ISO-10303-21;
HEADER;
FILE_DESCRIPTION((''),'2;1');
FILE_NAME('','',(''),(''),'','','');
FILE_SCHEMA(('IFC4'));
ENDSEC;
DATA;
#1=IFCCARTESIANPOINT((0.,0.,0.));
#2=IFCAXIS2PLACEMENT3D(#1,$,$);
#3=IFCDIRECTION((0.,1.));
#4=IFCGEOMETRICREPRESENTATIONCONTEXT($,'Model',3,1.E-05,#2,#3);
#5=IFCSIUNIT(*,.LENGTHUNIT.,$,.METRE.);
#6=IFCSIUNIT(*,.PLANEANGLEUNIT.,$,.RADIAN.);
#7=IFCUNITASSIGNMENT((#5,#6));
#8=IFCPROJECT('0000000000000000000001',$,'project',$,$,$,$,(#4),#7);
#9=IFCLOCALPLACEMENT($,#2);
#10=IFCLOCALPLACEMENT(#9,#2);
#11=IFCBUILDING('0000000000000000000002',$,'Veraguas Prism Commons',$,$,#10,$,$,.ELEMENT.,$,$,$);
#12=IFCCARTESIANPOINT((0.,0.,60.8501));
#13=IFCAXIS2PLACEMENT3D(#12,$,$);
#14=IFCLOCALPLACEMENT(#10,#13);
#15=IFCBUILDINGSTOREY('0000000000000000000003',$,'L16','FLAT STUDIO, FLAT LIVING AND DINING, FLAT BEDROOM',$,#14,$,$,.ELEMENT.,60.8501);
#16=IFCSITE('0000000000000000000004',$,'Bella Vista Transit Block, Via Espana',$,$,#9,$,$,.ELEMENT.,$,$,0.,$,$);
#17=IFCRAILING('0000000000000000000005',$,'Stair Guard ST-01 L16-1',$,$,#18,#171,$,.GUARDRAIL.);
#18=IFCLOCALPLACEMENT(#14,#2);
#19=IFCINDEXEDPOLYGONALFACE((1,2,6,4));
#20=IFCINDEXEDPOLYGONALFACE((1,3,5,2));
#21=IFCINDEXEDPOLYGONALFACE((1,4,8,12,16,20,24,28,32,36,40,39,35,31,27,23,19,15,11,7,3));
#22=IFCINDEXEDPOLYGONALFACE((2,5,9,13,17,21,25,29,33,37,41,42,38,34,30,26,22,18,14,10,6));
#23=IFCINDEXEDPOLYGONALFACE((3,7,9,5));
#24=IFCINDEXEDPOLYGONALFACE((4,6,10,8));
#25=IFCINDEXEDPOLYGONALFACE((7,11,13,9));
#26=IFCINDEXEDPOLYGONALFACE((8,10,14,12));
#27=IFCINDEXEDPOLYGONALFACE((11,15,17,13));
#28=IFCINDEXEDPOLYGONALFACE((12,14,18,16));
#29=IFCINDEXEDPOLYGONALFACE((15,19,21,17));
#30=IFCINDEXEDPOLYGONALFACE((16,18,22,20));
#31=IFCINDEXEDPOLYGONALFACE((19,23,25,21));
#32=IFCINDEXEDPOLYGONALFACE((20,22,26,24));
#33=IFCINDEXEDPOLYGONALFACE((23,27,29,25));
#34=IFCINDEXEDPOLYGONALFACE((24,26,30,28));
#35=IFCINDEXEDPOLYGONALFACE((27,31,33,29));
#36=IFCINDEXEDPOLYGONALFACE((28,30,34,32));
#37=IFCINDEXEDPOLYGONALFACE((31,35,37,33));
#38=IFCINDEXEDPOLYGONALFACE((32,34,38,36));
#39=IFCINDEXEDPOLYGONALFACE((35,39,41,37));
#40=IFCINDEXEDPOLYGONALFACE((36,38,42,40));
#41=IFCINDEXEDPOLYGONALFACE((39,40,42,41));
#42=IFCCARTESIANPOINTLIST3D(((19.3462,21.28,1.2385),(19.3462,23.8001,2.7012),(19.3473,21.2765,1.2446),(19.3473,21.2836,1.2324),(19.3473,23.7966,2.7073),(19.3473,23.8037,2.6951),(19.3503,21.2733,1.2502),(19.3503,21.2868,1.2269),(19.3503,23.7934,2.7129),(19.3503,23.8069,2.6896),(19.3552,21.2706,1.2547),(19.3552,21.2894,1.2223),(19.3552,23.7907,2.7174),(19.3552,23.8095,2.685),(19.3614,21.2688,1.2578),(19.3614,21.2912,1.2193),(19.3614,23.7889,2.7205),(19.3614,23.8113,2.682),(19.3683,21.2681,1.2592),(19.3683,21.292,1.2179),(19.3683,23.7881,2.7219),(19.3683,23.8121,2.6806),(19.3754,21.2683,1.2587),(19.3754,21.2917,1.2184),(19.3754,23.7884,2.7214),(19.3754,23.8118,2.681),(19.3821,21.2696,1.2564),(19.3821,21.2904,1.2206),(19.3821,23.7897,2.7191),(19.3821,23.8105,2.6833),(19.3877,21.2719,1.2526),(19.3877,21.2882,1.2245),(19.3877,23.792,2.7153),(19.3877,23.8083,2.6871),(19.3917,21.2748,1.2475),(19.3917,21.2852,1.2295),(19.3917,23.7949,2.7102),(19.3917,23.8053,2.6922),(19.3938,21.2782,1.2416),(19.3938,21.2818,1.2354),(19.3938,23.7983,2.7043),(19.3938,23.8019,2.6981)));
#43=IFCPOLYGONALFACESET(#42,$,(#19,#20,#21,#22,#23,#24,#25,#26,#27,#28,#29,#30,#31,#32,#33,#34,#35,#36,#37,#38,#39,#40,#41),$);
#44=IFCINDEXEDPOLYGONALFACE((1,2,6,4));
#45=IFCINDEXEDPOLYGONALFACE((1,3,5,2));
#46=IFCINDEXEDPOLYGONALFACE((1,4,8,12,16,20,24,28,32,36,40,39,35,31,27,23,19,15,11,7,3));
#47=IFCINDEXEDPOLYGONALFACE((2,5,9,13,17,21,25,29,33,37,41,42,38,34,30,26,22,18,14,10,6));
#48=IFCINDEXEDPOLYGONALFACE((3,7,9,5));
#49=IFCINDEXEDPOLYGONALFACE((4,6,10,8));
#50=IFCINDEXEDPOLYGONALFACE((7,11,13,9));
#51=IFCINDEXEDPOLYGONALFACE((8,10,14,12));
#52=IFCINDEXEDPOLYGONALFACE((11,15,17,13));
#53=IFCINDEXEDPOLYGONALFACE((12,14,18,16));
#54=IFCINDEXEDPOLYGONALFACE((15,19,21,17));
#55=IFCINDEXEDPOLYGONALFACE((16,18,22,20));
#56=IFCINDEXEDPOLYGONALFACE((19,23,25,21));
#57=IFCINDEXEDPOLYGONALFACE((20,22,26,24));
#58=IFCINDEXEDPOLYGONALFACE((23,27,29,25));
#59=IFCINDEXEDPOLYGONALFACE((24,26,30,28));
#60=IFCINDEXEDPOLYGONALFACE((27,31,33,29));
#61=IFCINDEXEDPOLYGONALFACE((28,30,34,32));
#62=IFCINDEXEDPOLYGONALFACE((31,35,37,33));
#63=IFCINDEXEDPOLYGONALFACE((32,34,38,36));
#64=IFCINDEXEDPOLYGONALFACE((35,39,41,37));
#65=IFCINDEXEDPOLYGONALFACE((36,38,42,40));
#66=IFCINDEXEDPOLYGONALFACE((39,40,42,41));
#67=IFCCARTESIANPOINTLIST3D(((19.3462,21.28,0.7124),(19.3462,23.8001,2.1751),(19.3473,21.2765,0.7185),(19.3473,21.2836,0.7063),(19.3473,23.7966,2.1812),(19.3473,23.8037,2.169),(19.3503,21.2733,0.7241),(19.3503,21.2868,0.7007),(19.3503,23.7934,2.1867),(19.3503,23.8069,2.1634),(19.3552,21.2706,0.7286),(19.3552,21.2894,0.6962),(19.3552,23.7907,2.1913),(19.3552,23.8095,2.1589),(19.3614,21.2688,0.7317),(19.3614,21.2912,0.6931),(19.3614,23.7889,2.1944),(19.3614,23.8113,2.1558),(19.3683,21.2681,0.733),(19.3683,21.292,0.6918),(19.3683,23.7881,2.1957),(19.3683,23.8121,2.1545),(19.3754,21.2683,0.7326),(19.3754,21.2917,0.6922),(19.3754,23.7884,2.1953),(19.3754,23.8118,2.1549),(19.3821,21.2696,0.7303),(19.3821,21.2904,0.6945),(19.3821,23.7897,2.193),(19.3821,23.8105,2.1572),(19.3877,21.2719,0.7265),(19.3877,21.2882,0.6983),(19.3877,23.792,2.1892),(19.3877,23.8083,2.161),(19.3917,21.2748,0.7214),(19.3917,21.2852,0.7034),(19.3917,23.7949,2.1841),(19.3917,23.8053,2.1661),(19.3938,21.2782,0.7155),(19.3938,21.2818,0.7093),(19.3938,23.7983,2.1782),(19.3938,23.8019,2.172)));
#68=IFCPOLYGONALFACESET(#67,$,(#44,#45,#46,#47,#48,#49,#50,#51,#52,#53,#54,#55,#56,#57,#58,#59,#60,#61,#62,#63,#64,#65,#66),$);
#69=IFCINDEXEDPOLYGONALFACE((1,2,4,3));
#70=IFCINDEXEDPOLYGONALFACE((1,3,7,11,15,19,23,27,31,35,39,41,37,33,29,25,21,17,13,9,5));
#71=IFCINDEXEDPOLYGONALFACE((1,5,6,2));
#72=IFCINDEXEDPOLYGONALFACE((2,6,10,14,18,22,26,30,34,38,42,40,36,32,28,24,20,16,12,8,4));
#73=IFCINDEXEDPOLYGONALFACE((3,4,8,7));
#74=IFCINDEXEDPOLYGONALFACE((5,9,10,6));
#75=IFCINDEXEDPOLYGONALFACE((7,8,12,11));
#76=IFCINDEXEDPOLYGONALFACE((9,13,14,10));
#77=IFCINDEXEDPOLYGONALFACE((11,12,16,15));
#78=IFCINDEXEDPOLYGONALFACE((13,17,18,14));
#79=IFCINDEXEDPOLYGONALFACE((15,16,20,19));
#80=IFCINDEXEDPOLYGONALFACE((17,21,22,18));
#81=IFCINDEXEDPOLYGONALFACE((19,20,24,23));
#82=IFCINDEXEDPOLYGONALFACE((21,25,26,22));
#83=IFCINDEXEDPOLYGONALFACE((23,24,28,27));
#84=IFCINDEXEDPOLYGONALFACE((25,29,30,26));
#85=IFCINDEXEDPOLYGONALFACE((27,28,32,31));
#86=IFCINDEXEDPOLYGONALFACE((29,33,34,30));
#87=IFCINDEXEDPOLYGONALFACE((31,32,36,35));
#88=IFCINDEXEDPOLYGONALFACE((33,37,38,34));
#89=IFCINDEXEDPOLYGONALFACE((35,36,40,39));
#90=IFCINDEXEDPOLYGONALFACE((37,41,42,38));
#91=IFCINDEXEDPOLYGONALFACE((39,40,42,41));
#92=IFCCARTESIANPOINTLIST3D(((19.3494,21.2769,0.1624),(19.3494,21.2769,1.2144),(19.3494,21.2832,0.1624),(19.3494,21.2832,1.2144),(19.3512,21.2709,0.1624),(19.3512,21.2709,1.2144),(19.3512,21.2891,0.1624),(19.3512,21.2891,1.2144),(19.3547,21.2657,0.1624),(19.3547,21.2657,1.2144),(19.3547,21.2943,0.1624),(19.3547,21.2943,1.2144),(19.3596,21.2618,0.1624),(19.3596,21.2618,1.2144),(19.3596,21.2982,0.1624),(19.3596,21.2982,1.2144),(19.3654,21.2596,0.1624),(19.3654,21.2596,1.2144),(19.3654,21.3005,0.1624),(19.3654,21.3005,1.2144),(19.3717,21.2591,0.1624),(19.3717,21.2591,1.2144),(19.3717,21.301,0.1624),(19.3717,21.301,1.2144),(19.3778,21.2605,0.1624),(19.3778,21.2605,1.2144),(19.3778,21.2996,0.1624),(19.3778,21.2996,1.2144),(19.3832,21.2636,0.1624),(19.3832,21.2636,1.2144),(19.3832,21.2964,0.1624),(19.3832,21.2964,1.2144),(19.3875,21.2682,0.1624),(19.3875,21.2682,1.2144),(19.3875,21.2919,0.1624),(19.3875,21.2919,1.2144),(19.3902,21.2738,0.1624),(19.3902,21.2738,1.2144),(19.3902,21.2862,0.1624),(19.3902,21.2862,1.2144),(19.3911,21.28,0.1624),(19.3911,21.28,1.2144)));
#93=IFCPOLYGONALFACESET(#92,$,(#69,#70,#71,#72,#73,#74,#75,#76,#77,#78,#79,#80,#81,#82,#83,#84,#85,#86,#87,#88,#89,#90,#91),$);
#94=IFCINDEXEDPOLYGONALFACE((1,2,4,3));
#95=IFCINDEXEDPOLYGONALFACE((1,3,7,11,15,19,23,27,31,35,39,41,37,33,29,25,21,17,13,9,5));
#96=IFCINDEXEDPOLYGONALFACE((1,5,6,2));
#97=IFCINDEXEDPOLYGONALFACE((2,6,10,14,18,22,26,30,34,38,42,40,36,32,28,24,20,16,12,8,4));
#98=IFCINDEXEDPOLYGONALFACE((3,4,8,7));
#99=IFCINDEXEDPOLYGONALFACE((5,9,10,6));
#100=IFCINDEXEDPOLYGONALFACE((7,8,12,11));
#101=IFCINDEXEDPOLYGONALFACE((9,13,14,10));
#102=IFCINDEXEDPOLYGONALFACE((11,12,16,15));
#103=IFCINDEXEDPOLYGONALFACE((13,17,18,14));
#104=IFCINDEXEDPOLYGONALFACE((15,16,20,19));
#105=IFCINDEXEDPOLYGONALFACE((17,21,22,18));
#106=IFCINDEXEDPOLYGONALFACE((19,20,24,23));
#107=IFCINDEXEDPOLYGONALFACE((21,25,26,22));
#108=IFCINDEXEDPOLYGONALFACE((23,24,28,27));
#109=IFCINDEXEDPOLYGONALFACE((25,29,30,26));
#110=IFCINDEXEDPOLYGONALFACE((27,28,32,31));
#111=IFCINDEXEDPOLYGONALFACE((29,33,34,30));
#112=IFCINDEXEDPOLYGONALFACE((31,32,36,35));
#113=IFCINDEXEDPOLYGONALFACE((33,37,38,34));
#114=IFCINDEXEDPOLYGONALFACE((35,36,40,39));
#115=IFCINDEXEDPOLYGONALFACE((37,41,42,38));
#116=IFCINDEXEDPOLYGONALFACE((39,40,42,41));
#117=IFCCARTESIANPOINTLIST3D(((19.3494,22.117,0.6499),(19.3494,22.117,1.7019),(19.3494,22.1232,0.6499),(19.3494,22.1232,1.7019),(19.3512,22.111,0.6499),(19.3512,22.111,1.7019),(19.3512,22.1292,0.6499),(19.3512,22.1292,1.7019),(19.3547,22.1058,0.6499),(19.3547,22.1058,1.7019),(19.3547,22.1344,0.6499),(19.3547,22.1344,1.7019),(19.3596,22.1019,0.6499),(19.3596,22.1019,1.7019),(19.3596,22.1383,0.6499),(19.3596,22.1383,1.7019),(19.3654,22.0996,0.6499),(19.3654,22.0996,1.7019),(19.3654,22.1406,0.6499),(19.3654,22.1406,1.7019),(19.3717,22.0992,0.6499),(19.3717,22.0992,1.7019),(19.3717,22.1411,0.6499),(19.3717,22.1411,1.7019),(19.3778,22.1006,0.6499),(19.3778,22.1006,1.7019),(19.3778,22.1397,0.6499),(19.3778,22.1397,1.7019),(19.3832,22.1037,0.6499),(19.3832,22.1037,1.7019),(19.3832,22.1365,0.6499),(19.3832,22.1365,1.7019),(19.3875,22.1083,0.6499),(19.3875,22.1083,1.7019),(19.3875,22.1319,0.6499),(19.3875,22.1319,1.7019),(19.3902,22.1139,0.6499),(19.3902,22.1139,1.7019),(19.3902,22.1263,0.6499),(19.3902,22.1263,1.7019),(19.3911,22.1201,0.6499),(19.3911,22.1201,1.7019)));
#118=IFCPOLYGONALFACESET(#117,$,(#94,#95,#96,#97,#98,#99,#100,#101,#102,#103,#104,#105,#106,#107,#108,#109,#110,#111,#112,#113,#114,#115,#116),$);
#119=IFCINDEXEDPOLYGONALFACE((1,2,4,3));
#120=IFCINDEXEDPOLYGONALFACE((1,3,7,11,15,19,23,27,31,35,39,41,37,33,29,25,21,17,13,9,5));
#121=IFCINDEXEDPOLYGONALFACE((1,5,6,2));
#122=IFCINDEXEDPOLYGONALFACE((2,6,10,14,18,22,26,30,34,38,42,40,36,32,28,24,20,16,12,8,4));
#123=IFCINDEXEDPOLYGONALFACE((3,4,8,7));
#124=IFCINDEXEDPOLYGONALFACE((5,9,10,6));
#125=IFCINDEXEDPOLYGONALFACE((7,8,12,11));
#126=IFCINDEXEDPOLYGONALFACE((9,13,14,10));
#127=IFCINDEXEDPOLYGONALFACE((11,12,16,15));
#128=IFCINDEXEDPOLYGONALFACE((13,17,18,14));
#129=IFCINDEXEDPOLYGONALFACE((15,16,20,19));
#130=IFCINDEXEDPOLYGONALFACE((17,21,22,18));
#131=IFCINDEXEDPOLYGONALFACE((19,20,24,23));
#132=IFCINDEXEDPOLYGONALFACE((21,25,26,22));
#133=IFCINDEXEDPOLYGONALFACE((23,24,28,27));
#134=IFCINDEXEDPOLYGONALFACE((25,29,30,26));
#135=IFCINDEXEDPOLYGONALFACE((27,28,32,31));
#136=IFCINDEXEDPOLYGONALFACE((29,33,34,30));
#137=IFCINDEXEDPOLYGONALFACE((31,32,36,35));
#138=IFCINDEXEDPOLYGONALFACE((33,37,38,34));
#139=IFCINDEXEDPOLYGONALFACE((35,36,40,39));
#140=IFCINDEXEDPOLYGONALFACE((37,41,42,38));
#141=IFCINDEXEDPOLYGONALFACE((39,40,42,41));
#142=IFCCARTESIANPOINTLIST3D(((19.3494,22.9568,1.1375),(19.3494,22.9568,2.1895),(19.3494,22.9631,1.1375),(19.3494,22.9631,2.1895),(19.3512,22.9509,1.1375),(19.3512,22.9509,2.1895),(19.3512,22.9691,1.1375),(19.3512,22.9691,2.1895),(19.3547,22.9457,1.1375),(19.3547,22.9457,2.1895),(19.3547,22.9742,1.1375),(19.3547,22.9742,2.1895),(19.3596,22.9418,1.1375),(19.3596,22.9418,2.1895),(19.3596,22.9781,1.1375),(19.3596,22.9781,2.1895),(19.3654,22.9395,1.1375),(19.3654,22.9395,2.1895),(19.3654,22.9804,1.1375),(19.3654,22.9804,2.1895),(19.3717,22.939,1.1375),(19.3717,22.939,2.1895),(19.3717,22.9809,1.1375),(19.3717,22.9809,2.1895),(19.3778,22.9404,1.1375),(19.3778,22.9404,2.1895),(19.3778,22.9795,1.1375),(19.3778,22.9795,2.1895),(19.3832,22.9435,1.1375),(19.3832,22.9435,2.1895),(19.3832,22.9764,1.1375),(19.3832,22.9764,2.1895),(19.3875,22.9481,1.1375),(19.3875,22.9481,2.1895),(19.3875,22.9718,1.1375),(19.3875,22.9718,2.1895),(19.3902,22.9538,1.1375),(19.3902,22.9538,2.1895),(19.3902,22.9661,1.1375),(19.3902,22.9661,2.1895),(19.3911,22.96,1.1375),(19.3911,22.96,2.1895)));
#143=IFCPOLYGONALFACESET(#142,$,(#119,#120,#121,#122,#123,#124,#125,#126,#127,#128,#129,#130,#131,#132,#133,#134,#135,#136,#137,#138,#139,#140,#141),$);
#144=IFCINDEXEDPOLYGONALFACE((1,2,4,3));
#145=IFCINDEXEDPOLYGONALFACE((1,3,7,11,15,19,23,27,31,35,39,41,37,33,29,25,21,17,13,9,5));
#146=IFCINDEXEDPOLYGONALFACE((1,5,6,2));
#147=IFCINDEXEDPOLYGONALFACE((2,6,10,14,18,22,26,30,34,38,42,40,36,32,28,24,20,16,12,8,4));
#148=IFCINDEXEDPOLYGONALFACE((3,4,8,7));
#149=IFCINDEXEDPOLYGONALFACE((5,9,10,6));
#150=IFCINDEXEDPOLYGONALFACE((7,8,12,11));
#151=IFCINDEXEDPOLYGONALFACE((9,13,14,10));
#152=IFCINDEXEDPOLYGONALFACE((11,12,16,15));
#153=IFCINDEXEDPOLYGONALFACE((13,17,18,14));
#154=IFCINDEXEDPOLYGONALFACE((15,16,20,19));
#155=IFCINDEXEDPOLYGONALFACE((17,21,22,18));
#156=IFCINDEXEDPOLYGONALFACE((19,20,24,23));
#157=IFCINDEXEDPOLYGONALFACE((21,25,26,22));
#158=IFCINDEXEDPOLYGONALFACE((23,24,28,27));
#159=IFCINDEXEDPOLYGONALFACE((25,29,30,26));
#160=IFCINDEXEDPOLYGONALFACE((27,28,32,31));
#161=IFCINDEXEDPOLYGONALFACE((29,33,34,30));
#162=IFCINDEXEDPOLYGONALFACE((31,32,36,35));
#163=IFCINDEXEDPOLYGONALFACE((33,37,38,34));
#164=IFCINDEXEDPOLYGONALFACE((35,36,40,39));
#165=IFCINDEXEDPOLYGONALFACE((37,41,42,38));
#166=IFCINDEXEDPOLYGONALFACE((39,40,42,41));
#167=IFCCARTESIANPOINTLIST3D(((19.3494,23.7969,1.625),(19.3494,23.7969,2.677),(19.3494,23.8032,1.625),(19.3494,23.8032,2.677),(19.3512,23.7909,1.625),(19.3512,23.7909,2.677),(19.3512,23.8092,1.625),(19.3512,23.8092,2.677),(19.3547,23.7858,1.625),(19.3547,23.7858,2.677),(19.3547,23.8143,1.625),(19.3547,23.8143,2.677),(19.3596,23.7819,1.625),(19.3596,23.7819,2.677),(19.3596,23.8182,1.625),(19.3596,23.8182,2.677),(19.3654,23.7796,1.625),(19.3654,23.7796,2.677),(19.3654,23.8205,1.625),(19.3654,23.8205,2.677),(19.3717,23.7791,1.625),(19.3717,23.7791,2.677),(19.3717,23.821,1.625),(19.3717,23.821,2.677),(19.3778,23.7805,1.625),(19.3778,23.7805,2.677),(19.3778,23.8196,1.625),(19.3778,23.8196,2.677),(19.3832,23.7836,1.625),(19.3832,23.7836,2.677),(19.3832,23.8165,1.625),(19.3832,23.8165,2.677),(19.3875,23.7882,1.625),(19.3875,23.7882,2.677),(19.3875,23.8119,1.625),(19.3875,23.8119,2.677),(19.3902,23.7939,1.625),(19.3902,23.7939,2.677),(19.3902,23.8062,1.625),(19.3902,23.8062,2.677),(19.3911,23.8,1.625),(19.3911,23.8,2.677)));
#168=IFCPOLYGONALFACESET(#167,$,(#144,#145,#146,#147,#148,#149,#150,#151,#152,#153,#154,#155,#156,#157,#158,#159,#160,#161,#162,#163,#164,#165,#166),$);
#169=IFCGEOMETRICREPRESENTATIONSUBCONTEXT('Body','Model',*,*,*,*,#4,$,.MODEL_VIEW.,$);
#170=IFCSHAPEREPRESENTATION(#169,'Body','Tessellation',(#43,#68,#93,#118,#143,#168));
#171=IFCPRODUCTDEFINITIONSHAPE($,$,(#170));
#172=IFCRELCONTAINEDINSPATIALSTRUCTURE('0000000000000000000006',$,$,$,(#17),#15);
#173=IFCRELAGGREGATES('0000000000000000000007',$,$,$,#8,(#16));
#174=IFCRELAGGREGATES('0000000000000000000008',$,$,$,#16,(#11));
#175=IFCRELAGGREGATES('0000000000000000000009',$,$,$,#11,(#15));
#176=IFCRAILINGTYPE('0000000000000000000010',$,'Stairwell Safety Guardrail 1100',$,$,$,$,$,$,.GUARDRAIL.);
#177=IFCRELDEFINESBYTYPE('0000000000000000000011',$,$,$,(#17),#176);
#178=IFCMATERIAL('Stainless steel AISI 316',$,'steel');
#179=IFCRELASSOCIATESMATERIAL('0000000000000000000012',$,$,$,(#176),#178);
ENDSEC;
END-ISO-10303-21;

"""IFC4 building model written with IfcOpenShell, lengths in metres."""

from ifc_helpers import new_model, si_unit, direction, frame, origin, origin_2d, place, context, subcontext, project, spatial, circle, extrude, material, type_object, element, save


model = new_model("IFC4")

# Units and contexts
model_context = context("Model", 3, precision=1e-05, world=origin(), true_north=direction((0.0, 1.0)))
body_context = subcontext(model_context, "Body", "Model", "MODEL_VIEW")
ifc_project = project(units=[si_unit("LENGTHUNIT", "METRE"), si_unit("PLANEANGLEUNIT", "RADIAN")], contexts=[model_context])

# Site, building, storey
site_placement = place(None, origin())
site = spatial("IfcSite", under=ifc_project, at=site_placement, Name="Bella Vista Transit Block, Via Espana", CompositionType="ELEMENT", RefElevation=0.0)
building_placement = place(site_placement, origin())
building = spatial("IfcBuilding", under=site, at=building_placement, Name="Veraguas Prism Commons", CompositionType="ELEMENT")
storey_placement = place(building_placement, frame((0.0, 0.0, 60.8501)))
storey = spatial("IfcBuildingStorey", under=building, at=storey_placement, Name="L16", Description="FLAT STUDIO, FLAT LIVING AND DINING, FLAT BEDROOM", CompositionType="ELEMENT", Elevation=60.8501)

# Railing
ifc_material_1 = material(Name="Stainless steel AISI 316", Category="steel")
railing_type_1 = type_object("IfcRailingType", Name="Stairwell Safety Guardrail 1100", PredefinedType="GUARDRAIL", material=ifc_material_1)
railing_1_placement = place(storey_placement, frame((19.3701, 21.28, 0.1624)))
element("IfcRailing", 1, at=railing_1_placement, inside=storey, type_object=railing_type_1, Name="Stair Guard ST-01 L16-1", PredefinedType="GUARDRAIL", context=body_context, shape_type="SweptSolid", body=[
    extrude(circle(Radius=0.0239, at=origin_2d()), frame((0.0, 0.0, 1.0762), z_axis=(0.0, 0.864877, 0.501984), x_axis=(-1.0, 0.0, 0.0)), (0.0, 0.0, 1.0), 2.9138),
    extrude(circle(Radius=0.0239, at=origin_2d()), frame((0.0, 0.0, 0.55), z_axis=(0.0, 0.864877, 0.501984), x_axis=(-1.0, 0.0, 0.0)), (0.0, 0.0, 1.0), 2.9138),
    extrude(circle(Radius=0.021, at=origin_2d()), origin(), (0.0, 0.0, 1.0), 1.052),
    extrude(circle(Radius=0.021, at=origin_2d()), frame((0.0, 0.8401, 0.4875)), (0.0, 0.0, 1.0), 1.052),
    extrude(circle(Radius=0.021, at=origin_2d()), frame((0.0, 1.6799, 0.9751)), (0.0, 0.0, 1.0), 1.052),
    extrude(circle(Radius=0.021, at=origin_2d()), frame((0.0, 2.52, 1.4626)), (0.0, 0.0, 1.0), 1.052),
])

save(model, "model.ifc")
